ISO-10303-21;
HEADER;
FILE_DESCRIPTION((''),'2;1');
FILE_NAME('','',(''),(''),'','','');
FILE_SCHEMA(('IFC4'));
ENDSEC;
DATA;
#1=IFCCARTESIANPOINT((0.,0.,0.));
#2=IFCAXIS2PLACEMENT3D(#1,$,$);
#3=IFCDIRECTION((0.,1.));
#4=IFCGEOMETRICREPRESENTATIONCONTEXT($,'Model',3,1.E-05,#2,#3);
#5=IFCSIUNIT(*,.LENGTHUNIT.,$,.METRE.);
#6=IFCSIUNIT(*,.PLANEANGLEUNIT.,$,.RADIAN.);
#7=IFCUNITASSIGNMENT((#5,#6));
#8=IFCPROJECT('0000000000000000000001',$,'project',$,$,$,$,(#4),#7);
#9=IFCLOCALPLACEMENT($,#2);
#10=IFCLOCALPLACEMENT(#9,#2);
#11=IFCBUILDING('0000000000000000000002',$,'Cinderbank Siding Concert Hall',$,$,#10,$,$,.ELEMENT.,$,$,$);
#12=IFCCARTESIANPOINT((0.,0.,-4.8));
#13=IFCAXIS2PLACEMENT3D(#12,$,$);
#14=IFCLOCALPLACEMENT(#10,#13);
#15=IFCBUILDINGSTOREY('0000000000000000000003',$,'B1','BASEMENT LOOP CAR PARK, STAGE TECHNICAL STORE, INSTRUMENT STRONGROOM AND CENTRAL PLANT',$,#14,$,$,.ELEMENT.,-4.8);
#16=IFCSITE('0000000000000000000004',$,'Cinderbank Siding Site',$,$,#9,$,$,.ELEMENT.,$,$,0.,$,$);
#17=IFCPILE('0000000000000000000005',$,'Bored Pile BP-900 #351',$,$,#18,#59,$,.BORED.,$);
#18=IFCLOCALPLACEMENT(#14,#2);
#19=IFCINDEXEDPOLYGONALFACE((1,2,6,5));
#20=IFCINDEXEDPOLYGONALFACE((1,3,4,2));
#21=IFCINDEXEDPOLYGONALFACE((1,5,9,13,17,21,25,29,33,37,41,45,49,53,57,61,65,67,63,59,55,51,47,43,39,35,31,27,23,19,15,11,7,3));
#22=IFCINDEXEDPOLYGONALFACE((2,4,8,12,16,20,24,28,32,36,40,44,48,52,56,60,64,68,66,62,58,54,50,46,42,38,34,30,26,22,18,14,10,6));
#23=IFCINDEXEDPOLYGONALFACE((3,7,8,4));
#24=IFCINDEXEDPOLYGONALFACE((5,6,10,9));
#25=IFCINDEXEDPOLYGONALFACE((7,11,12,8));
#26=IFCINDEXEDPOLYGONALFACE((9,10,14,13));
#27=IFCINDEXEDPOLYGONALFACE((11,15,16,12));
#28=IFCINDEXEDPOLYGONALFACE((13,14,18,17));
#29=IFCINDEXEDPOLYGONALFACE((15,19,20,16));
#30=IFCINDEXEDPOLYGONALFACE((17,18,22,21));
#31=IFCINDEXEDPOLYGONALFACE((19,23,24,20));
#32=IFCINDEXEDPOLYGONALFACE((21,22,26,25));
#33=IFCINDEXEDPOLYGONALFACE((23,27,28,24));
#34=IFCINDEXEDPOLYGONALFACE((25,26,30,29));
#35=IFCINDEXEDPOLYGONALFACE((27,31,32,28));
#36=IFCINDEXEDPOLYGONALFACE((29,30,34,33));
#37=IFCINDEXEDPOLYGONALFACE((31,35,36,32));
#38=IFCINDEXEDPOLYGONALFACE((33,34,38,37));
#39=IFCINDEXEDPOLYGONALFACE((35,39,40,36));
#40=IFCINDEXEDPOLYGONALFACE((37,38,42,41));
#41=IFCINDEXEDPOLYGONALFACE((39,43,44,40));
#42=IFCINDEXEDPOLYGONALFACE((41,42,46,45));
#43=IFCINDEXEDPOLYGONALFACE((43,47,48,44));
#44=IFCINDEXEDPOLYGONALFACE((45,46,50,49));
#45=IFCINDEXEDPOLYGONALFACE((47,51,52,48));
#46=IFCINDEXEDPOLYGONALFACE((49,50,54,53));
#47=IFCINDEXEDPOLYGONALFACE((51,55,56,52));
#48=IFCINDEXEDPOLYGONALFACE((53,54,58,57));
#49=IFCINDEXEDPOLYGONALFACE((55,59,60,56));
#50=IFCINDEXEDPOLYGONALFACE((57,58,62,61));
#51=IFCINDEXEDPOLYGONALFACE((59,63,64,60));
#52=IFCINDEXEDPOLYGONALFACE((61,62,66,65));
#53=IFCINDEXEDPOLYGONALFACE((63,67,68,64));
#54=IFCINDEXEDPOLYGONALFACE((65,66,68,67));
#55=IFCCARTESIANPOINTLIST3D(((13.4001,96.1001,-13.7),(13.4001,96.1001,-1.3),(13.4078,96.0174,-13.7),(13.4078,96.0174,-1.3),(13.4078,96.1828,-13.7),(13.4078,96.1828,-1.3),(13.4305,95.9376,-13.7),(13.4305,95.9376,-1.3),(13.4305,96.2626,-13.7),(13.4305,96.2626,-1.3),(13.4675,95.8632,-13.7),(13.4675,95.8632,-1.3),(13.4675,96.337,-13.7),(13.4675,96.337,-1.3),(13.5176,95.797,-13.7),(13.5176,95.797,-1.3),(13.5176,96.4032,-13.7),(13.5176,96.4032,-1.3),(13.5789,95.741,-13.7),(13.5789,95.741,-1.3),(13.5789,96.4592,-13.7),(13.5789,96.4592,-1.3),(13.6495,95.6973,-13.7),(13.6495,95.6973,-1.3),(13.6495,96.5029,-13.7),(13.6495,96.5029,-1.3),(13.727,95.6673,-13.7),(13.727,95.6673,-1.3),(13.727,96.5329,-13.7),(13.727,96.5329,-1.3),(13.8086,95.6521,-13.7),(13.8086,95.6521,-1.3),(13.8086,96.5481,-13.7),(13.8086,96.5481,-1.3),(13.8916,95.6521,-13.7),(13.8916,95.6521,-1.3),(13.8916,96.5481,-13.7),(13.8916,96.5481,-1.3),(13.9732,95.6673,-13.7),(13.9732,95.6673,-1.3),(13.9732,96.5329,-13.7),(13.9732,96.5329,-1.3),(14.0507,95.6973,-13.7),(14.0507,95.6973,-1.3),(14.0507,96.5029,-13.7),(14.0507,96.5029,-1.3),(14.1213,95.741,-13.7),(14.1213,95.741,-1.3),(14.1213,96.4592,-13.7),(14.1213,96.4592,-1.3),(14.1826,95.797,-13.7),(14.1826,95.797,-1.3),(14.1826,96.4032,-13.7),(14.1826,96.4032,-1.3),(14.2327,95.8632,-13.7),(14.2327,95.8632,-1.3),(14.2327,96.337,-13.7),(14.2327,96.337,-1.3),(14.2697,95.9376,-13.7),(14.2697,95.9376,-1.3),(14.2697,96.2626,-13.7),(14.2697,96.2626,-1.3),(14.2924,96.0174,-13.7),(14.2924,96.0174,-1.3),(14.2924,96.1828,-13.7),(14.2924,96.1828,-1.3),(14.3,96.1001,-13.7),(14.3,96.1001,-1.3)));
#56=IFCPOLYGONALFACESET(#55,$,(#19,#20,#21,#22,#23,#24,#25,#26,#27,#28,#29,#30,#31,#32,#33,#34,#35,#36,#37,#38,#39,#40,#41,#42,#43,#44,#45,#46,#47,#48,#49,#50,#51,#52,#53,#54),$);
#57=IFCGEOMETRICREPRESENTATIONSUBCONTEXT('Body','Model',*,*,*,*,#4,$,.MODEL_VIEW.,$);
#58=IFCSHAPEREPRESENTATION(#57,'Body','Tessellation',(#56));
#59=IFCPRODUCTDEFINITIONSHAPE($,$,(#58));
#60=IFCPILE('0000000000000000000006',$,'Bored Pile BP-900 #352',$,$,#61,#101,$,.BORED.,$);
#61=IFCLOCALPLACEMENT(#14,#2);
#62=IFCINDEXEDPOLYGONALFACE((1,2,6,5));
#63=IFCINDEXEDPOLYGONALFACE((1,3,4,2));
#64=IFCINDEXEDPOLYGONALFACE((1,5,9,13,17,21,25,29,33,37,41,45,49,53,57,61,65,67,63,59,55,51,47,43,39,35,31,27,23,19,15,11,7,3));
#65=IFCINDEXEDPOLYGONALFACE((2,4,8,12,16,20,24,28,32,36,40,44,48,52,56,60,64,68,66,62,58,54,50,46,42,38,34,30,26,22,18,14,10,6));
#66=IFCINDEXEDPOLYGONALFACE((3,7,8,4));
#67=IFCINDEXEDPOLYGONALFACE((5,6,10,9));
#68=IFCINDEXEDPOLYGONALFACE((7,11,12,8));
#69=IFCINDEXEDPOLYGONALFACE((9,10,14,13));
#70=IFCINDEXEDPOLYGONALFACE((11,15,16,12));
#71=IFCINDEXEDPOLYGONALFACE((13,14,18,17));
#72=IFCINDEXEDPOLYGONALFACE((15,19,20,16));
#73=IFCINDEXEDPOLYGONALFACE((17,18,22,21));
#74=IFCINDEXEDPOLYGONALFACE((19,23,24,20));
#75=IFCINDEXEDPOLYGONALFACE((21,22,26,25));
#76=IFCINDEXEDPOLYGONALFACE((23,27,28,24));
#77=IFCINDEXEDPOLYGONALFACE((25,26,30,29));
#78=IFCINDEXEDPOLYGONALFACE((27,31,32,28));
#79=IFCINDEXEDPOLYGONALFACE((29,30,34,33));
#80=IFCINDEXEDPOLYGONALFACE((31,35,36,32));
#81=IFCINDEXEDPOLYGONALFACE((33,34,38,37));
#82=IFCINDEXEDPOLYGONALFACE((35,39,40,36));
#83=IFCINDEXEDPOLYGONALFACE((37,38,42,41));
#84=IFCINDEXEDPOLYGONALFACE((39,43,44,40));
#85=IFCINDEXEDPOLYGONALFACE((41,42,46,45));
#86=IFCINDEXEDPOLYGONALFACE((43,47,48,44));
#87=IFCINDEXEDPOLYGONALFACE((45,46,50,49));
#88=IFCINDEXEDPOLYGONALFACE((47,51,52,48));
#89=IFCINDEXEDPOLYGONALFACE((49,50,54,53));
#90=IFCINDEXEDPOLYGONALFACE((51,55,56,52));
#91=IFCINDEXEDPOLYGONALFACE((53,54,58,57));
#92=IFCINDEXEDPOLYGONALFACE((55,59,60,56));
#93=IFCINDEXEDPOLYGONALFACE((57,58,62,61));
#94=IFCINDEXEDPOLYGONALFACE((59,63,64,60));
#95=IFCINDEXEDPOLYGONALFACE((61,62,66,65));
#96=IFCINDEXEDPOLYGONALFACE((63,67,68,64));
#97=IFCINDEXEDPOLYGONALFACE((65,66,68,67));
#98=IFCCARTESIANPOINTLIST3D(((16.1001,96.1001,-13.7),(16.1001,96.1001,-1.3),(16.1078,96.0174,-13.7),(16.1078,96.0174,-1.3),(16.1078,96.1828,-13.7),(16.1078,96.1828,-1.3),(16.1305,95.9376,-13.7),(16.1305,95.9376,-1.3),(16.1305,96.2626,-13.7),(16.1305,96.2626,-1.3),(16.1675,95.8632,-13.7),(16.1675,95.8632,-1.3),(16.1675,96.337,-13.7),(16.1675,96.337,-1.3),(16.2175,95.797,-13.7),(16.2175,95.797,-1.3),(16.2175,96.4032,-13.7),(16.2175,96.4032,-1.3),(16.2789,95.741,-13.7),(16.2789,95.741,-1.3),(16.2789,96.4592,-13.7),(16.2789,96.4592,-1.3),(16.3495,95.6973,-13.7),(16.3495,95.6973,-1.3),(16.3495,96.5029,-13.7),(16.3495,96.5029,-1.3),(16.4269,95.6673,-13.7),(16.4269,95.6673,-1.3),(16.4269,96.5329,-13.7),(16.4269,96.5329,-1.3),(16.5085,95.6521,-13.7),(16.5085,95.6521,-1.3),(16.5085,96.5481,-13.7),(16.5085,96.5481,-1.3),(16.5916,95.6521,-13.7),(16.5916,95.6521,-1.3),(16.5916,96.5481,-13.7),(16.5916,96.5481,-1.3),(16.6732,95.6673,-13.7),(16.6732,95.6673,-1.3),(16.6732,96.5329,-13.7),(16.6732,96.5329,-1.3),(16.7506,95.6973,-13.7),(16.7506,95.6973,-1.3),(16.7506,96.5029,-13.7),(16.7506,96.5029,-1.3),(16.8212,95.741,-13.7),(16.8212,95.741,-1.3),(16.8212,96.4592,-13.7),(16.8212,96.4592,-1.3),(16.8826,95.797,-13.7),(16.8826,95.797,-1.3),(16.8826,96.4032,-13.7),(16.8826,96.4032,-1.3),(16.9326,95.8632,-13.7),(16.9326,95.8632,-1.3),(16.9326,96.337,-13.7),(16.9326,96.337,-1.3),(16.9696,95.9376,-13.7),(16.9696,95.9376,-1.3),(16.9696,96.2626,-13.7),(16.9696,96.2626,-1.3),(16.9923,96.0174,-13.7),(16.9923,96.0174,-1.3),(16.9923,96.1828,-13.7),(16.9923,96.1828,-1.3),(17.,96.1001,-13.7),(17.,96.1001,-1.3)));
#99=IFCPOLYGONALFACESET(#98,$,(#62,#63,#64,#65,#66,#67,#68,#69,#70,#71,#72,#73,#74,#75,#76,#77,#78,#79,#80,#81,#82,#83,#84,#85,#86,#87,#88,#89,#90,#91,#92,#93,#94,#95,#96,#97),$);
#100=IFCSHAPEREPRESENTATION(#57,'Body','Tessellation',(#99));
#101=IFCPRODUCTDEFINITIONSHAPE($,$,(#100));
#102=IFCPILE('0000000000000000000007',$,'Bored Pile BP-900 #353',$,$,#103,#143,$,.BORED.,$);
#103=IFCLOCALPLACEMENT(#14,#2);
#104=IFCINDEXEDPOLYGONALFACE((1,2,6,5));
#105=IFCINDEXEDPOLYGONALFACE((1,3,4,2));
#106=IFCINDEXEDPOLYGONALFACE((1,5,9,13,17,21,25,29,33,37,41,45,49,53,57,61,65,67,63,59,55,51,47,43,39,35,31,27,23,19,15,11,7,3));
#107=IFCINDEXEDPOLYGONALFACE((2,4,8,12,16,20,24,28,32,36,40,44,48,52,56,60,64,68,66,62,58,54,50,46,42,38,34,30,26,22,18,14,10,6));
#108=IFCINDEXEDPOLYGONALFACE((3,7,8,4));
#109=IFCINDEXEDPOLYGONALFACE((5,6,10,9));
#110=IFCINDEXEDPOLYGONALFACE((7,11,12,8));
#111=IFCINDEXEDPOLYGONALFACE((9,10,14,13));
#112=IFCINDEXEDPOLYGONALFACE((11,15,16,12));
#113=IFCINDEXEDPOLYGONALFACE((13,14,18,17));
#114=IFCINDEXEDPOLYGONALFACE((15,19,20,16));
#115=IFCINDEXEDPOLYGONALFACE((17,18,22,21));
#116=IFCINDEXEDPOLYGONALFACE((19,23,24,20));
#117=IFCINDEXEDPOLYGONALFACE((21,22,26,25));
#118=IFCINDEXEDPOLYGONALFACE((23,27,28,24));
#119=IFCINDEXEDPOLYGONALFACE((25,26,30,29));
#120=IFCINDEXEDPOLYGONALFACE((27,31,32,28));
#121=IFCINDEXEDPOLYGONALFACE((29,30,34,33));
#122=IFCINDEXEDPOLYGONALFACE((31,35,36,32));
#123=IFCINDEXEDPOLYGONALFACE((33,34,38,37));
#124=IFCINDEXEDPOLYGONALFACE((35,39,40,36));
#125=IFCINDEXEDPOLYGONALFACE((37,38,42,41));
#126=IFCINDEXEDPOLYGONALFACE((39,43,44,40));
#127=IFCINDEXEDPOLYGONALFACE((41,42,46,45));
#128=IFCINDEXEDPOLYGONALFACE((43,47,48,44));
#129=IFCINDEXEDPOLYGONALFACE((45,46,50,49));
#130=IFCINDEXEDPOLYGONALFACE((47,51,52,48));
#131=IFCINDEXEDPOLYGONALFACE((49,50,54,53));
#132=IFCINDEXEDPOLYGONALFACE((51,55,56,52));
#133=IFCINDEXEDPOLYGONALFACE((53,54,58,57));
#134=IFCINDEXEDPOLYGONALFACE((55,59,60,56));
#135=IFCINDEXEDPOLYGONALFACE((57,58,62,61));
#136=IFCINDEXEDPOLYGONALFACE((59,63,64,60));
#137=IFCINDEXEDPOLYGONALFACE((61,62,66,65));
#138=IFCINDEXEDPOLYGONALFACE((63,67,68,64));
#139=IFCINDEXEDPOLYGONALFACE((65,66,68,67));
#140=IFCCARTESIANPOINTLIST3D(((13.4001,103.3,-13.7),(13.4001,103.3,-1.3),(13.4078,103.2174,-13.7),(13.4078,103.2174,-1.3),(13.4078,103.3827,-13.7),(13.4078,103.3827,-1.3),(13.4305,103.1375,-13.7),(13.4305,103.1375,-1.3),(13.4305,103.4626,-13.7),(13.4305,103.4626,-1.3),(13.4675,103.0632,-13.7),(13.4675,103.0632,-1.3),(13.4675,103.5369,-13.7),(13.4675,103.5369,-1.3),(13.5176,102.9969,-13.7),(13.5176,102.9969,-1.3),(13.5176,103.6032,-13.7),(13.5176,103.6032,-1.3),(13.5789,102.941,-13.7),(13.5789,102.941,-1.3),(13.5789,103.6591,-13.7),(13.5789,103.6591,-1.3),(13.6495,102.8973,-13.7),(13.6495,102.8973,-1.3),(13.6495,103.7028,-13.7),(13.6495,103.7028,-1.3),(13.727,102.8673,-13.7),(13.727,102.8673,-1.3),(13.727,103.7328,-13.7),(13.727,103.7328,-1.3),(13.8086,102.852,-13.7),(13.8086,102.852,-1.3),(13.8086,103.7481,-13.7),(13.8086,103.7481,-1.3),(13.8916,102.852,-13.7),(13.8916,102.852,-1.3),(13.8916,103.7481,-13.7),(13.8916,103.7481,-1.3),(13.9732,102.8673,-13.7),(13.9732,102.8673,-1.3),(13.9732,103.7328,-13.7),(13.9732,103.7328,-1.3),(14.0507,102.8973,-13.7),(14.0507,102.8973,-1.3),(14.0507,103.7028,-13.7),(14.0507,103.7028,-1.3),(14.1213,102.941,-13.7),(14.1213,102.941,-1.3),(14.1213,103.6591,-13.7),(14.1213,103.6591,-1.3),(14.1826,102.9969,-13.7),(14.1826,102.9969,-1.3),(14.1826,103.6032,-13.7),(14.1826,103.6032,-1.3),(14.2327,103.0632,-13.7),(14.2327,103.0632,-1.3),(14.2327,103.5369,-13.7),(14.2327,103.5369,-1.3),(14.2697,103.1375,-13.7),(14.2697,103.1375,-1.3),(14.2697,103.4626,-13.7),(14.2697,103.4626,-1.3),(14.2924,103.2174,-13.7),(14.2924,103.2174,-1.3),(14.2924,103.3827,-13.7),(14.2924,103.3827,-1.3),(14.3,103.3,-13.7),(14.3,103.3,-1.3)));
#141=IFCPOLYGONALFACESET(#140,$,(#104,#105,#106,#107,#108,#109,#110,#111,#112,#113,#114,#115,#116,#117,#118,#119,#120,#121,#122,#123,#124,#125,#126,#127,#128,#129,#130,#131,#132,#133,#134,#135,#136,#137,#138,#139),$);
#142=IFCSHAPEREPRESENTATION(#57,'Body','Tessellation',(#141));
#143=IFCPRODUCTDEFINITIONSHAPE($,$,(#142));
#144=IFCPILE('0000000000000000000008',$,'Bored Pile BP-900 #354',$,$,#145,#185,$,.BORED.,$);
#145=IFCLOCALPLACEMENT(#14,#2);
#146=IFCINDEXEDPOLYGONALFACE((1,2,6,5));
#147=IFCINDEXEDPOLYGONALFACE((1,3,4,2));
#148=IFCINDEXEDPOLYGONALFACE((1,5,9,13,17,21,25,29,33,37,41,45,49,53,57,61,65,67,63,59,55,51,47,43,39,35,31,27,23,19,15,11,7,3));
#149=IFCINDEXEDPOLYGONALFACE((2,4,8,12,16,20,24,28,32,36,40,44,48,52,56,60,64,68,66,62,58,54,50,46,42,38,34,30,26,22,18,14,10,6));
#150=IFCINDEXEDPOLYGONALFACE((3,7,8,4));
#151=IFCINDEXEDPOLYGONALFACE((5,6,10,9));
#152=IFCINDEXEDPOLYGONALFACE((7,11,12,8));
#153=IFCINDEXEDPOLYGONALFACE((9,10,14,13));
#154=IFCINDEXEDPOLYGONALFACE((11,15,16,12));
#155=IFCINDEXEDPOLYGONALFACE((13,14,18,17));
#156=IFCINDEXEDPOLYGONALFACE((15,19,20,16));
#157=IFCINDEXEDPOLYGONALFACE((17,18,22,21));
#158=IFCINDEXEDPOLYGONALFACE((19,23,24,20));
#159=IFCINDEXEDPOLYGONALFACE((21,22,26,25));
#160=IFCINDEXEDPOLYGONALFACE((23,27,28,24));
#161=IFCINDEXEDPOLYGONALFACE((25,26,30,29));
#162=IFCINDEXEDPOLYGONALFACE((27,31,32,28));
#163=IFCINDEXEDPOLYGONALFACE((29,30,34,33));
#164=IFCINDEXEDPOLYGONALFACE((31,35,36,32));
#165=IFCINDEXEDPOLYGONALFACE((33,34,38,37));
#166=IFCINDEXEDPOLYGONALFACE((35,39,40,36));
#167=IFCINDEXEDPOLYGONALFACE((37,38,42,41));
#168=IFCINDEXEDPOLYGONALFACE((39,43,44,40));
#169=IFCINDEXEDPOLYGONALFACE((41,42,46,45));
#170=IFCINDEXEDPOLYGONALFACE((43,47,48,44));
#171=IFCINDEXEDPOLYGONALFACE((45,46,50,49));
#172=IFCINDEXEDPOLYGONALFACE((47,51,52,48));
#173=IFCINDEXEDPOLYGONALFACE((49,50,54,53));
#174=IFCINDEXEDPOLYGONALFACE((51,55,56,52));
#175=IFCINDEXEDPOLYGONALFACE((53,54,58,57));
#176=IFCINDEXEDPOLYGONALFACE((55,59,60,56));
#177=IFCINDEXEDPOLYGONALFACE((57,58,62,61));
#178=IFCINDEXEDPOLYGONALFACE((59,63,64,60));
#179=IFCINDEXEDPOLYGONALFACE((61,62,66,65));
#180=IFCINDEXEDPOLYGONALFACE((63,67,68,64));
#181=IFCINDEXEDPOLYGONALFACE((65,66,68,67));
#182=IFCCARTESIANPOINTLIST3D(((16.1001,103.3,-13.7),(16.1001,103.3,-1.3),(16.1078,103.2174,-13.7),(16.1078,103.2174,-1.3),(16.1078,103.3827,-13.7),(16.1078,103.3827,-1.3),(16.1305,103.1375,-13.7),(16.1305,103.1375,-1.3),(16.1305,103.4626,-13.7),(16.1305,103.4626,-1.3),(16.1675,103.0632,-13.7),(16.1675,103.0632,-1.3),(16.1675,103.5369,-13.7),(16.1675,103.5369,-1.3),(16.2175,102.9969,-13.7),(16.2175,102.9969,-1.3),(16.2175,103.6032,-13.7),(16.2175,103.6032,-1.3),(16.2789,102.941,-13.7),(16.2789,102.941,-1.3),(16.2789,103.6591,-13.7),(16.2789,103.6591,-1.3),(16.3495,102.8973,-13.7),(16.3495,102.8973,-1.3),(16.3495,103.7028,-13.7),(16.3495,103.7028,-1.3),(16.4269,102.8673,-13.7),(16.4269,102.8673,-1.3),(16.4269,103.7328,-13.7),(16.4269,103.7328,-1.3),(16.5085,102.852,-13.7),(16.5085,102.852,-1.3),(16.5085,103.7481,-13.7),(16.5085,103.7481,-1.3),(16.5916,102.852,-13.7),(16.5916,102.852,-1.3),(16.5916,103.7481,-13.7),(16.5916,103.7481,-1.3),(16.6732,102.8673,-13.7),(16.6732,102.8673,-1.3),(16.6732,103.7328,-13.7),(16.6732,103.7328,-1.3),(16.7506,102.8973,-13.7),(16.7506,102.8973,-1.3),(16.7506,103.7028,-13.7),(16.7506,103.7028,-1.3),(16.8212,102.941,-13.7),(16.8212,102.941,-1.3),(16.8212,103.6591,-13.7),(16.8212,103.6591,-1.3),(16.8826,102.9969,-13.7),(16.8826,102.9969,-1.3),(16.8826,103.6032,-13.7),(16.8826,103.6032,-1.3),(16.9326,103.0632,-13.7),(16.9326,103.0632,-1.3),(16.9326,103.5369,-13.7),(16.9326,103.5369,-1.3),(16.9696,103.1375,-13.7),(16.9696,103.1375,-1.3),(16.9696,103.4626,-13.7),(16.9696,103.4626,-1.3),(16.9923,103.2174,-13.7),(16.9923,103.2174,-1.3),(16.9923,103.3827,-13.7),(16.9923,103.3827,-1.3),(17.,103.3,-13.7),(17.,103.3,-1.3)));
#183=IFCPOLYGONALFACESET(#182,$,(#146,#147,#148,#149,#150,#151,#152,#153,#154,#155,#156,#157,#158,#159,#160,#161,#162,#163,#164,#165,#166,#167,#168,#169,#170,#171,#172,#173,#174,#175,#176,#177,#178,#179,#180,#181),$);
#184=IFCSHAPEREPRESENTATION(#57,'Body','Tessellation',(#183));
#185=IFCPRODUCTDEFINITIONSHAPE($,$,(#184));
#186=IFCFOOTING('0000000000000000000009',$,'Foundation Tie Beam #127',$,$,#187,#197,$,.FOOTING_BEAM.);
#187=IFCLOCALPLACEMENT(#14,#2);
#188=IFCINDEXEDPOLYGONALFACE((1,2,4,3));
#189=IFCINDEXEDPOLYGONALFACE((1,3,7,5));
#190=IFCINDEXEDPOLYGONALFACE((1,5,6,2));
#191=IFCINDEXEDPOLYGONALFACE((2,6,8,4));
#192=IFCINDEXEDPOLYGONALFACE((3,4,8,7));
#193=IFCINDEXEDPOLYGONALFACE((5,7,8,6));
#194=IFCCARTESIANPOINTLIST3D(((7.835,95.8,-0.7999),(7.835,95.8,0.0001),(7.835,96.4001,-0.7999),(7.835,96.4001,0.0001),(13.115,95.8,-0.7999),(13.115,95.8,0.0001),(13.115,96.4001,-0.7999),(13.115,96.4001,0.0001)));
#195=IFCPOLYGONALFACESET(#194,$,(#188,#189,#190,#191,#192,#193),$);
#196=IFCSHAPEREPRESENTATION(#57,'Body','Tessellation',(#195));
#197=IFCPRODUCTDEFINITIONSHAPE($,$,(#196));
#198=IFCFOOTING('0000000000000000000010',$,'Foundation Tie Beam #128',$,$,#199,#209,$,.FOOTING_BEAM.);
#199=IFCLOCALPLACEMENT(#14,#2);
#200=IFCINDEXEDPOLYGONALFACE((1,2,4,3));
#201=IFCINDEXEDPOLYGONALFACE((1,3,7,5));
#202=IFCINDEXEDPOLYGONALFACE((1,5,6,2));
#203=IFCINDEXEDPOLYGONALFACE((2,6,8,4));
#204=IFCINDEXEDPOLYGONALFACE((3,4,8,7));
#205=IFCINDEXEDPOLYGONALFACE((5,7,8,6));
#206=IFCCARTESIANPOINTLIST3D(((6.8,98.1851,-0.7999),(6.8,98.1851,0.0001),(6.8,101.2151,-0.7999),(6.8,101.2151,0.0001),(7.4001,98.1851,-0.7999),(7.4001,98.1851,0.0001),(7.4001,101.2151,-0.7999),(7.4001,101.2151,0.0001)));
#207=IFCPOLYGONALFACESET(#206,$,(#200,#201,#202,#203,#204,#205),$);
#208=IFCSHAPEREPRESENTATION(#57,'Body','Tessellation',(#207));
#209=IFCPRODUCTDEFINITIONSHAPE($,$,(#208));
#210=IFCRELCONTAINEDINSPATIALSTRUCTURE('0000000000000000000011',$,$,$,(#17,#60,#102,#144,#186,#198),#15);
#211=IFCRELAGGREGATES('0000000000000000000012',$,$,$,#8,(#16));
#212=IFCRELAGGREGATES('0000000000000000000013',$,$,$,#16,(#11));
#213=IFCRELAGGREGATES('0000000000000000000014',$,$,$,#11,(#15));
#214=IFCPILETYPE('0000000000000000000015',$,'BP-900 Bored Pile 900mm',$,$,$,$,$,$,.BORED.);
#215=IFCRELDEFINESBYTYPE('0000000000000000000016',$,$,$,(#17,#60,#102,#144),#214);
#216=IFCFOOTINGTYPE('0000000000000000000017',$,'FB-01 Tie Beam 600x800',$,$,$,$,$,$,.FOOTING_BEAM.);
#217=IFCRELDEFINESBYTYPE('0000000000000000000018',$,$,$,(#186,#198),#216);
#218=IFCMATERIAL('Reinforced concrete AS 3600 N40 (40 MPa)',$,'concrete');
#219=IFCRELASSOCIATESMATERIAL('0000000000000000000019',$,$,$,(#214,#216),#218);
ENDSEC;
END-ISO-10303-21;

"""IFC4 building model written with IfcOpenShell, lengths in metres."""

from ifc_helpers import new_model, si_unit, direction, frame, origin, origin_2d, place, context, subcontext, project, spatial, rectangle, circle, extrude, material, material_profile, profile_set, type_object, element, save


model = new_model("IFC4")

# Units and contexts
model_context = context("Model", 3, precision=1e-05, world=origin(), true_north=direction((0.0, 1.0)))
body_context = subcontext(model_context, "Body", "Model", "MODEL_VIEW")
ifc_project = project(units=[si_unit("LENGTHUNIT", "METRE"), si_unit("PLANEANGLEUNIT", "RADIAN")], contexts=[model_context])

# Site, building, storey
site_placement = place(None, origin())
site = spatial("IfcSite", under=ifc_project, at=site_placement, Name="Cinderbank Siding Site", CompositionType="ELEMENT", RefElevation=0.0)
building_placement = place(site_placement, origin())
building = spatial("IfcBuilding", under=site, at=building_placement, Name="Cinderbank Siding Concert Hall", CompositionType="ELEMENT")
storey_placement = place(building_placement, frame((0.0, 0.0, -4.8)))
storey = spatial("IfcBuildingStorey", under=building, at=storey_placement, Name="B1", Description="BASEMENT LOOP CAR PARK, STAGE TECHNICAL STORE, INSTRUMENT STRONGROOM AND CENTRAL PLANT", CompositionType="ELEMENT", Elevation=-4.8)

# Piles
ifc_material_1 = material(Name="Reinforced concrete AS 3600 N40 (40 MPa)", Category="concrete")
ifc_material_profile_1 = material_profile(ifc_material_1, circle(Radius=0.45, at=origin_2d()), Name="PILE-900DIA", Category="LoadBearing")
ifc_profile_set_1 = profile_set([ifc_material_profile_1], Name="Reinforced concrete AS 3600 N40 (40 MPa)")
pile_type_1 = type_object("IfcPileType", Name="BP-900 Bored Pile 900mm", PredefinedType="BORED", material=ifc_profile_set_1)
for number, where, z_axis, x_axis, name in (
    (1, (13.8501, 96.1001, -1.3), (0.0, 0.0, -1.0), (1.0, 0.0, 0.0), "Bored Pile BP-900 #351"),
    (2, (16.55, 96.1001, -1.3), (0.0, 0.0, -1.0), (1.0, 0.0, 0.0), "Bored Pile BP-900 #352"),
    (3, (13.8501, 103.3, -1.3), (0.0, 0.0, -1.0), (1.0, 0.0, 0.0), "Bored Pile BP-900 #353"),
    (4, (16.55, 103.3, -1.3), (0.0, 0.0, -1.0), (1.0, 0.0, 0.0), "Bored Pile BP-900 #354"),
):
    element("IfcPile", number, at=place(storey_placement, frame(where, z_axis=z_axis, x_axis=x_axis)), inside=storey, type_object=pile_type_1, Name=name, PredefinedType="BORED", context=body_context, shape_type="SweptSolid", body=[
        extrude(circle(Radius=0.45, at=origin_2d()), origin(), (0.0, 0.0, 1.0), 12.3999),
    ])

# Footings
ifc_material_profile_2 = material_profile(ifc_material_1, rectangle(XDim=0.6001, YDim=0.8, at=origin_2d()), Name="RC-FB-600x800", Category="LoadBearing")
ifc_profile_set_2 = profile_set([ifc_material_profile_2], Name="Reinforced concrete AS 3600 N40 (40 MPa)")
footing_type_1 = type_object("IfcFootingType", Name="FB-01 Tie Beam 600x800", PredefinedType="FOOTING_BEAM", material=ifc_profile_set_2)
footing_1_placement = place(storey_placement, frame((7.835, 96.1001, -0.3999), z_axis=(1.0, 0.0, 0.0), x_axis=(0.0, 1.0, 0.0)))
element("IfcFooting", 5, at=footing_1_placement, inside=storey, type_object=footing_type_1, Name="Foundation Tie Beam #127", PredefinedType="FOOTING_BEAM", context=body_context, shape_type="SweptSolid", body=[
    extrude(rectangle(XDim=0.6001, YDim=0.8, at=origin_2d()), origin(), (0.0, 0.0, 1.0), 5.28),
])
footing_2_placement = place(storey_placement, frame((7.1001, 98.1851, -0.3999), z_axis=(0.0, 1.0, 0.0), x_axis=(-1.0, 0.0, 0.0)))
element("IfcFooting", 6, at=footing_2_placement, inside=storey, type_object=footing_type_1, Name="Foundation Tie Beam #128", PredefinedType="FOOTING_BEAM", context=body_context, shape_type="SweptSolid", body=[
    extrude(rectangle(XDim=0.6001, YDim=0.8, at=origin_2d()), origin(), (0.0, 0.0, 1.0), 3.03),
])

save(model, "model.ifc")
